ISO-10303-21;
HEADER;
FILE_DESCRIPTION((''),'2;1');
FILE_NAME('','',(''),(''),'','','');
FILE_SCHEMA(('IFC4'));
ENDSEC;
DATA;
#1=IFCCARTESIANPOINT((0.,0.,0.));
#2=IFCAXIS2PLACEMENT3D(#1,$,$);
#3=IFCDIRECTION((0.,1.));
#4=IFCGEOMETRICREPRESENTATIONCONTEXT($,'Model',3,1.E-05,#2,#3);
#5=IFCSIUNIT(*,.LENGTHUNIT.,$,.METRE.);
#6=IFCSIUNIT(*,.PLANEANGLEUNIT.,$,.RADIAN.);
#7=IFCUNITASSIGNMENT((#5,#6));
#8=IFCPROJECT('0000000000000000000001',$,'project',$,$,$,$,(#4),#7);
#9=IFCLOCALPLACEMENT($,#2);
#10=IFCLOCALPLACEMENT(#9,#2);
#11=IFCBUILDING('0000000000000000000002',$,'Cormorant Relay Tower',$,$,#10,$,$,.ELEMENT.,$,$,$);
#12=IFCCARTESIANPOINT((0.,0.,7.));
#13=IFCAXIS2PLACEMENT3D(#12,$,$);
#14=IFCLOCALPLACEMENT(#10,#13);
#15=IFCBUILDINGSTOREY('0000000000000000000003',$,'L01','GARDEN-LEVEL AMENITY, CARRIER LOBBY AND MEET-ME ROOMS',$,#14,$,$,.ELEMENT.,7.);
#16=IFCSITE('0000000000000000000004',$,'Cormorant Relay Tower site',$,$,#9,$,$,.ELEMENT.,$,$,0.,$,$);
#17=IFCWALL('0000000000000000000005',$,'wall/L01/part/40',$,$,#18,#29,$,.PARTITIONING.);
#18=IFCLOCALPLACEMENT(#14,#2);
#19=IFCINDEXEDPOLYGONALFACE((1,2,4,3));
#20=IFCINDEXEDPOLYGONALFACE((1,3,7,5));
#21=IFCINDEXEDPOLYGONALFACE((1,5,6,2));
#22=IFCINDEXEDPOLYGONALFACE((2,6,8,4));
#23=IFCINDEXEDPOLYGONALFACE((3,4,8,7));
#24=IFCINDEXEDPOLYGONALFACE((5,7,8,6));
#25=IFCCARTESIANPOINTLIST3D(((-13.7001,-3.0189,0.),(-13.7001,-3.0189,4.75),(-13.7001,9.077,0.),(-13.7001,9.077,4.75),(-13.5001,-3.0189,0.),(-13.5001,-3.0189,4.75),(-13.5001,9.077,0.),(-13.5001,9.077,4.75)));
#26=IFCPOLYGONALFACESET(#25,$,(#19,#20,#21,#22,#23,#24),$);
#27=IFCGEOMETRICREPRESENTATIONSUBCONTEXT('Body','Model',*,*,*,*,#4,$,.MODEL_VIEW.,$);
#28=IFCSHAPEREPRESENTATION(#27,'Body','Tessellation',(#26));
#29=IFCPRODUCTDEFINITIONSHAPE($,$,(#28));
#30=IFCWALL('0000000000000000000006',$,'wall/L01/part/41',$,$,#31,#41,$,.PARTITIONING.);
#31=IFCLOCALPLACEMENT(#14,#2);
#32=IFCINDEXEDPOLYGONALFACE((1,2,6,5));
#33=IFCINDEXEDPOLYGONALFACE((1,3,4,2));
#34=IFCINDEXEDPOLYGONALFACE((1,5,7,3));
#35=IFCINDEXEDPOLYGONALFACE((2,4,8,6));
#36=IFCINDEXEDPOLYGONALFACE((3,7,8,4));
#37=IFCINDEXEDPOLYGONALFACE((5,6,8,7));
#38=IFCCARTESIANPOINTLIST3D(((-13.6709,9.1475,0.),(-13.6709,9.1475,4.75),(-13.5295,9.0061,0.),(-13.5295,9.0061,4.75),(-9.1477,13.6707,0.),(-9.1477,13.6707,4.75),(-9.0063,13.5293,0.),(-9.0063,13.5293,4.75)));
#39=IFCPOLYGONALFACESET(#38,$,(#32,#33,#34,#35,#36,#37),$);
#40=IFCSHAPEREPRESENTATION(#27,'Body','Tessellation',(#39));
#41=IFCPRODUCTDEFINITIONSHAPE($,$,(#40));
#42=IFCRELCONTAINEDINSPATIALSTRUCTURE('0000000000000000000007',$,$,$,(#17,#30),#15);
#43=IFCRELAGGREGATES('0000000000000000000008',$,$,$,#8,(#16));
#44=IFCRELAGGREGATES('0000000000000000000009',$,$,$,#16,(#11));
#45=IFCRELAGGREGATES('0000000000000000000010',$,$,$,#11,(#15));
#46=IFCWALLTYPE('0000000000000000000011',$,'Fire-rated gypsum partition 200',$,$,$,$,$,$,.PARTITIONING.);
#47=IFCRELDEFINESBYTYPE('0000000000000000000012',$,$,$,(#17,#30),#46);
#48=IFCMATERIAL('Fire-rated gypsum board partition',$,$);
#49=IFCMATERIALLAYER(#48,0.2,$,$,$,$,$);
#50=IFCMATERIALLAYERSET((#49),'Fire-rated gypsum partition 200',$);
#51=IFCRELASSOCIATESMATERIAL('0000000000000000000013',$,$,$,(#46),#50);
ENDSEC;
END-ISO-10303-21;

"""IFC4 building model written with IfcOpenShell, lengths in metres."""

from ifc_helpers import new_model, si_unit, direction, frame, frame_2d, origin, place, context, subcontext, project, spatial, rectangle, extrude, material, layer, layer_set, type_object, element, save


model = new_model("IFC4")

# Units and contexts
model_context = context("Model", 3, precision=1e-05, world=origin(), true_north=direction((0.0, 1.0)))
body_context = subcontext(model_context, "Body", "Model", "MODEL_VIEW")
ifc_project = project(units=[si_unit("LENGTHUNIT", "METRE"), si_unit("PLANEANGLEUNIT", "RADIAN")], contexts=[model_context])

# Site, building, storey
site_placement = place(None, origin())
site = spatial("IfcSite", under=ifc_project, at=site_placement, Name="Cormorant Relay Tower site", CompositionType="ELEMENT", RefElevation=0.0)
building_placement = place(site_placement, origin())
building = spatial("IfcBuilding", under=site, at=building_placement, Name="Cormorant Relay Tower", CompositionType="ELEMENT")
storey_placement = place(building_placement, frame((0.0, 0.0, 7.0)))
storey = spatial("IfcBuildingStorey", under=building, at=storey_placement, Name="L01", Description="GARDEN-LEVEL AMENITY, CARRIER LOBBY AND MEET-ME ROOMS", CompositionType="ELEMENT", Elevation=7.0)

# Shared definitions
ifc_material_1 = material(Name="Fire-rated gypsum board partition")
ifc_layer_1 = layer(ifc_material_1, 0.2)
ifc_layer_set_1 = layer_set([ifc_layer_1], Name="Fire-rated gypsum partition 200")
wall_type_1 = type_object("IfcWallType", Name="Fire-rated gypsum partition 200", PredefinedType="PARTITIONING", material=ifc_layer_set_1)

# Walls
wall_1_placement = place(storey_placement, frame((-13.6001, 9.0769, 0.0), z_axis=(0.0, 0.0, 1.0), x_axis=(0.0, -1.0, 0.0)))
element("IfcWall", 1, at=wall_1_placement, inside=storey, type_object=wall_type_1, Name="wall/L01/part/40", PredefinedType="PARTITIONING", context=body_context, shape_type="SweptSolid", body=[
    extrude(rectangle(XDim=12.0959, YDim=0.2, at=frame_2d((6.0479, 0.0))), origin(), (0.0, 0.0, 1.0), 4.75),
])
wall_2_placement = place(storey_placement, frame((-13.6001, 9.0769, 0.0), z_axis=(0.0, 0.0, 1.0), x_axis=(0.707107, 0.707107, 0.0)))
element("IfcWall", 2, at=wall_2_placement, inside=storey, type_object=wall_type_1, Name="wall/L01/part/41", PredefinedType="PARTITIONING", context=body_context, shape_type="SweptSolid", body=[
    extrude(rectangle(XDim=6.3967, YDim=0.2, at=frame_2d((3.1982, 0.0))), origin(), (0.0, 0.0, 1.0), 4.75),
])

save(model, "model.ifc")
